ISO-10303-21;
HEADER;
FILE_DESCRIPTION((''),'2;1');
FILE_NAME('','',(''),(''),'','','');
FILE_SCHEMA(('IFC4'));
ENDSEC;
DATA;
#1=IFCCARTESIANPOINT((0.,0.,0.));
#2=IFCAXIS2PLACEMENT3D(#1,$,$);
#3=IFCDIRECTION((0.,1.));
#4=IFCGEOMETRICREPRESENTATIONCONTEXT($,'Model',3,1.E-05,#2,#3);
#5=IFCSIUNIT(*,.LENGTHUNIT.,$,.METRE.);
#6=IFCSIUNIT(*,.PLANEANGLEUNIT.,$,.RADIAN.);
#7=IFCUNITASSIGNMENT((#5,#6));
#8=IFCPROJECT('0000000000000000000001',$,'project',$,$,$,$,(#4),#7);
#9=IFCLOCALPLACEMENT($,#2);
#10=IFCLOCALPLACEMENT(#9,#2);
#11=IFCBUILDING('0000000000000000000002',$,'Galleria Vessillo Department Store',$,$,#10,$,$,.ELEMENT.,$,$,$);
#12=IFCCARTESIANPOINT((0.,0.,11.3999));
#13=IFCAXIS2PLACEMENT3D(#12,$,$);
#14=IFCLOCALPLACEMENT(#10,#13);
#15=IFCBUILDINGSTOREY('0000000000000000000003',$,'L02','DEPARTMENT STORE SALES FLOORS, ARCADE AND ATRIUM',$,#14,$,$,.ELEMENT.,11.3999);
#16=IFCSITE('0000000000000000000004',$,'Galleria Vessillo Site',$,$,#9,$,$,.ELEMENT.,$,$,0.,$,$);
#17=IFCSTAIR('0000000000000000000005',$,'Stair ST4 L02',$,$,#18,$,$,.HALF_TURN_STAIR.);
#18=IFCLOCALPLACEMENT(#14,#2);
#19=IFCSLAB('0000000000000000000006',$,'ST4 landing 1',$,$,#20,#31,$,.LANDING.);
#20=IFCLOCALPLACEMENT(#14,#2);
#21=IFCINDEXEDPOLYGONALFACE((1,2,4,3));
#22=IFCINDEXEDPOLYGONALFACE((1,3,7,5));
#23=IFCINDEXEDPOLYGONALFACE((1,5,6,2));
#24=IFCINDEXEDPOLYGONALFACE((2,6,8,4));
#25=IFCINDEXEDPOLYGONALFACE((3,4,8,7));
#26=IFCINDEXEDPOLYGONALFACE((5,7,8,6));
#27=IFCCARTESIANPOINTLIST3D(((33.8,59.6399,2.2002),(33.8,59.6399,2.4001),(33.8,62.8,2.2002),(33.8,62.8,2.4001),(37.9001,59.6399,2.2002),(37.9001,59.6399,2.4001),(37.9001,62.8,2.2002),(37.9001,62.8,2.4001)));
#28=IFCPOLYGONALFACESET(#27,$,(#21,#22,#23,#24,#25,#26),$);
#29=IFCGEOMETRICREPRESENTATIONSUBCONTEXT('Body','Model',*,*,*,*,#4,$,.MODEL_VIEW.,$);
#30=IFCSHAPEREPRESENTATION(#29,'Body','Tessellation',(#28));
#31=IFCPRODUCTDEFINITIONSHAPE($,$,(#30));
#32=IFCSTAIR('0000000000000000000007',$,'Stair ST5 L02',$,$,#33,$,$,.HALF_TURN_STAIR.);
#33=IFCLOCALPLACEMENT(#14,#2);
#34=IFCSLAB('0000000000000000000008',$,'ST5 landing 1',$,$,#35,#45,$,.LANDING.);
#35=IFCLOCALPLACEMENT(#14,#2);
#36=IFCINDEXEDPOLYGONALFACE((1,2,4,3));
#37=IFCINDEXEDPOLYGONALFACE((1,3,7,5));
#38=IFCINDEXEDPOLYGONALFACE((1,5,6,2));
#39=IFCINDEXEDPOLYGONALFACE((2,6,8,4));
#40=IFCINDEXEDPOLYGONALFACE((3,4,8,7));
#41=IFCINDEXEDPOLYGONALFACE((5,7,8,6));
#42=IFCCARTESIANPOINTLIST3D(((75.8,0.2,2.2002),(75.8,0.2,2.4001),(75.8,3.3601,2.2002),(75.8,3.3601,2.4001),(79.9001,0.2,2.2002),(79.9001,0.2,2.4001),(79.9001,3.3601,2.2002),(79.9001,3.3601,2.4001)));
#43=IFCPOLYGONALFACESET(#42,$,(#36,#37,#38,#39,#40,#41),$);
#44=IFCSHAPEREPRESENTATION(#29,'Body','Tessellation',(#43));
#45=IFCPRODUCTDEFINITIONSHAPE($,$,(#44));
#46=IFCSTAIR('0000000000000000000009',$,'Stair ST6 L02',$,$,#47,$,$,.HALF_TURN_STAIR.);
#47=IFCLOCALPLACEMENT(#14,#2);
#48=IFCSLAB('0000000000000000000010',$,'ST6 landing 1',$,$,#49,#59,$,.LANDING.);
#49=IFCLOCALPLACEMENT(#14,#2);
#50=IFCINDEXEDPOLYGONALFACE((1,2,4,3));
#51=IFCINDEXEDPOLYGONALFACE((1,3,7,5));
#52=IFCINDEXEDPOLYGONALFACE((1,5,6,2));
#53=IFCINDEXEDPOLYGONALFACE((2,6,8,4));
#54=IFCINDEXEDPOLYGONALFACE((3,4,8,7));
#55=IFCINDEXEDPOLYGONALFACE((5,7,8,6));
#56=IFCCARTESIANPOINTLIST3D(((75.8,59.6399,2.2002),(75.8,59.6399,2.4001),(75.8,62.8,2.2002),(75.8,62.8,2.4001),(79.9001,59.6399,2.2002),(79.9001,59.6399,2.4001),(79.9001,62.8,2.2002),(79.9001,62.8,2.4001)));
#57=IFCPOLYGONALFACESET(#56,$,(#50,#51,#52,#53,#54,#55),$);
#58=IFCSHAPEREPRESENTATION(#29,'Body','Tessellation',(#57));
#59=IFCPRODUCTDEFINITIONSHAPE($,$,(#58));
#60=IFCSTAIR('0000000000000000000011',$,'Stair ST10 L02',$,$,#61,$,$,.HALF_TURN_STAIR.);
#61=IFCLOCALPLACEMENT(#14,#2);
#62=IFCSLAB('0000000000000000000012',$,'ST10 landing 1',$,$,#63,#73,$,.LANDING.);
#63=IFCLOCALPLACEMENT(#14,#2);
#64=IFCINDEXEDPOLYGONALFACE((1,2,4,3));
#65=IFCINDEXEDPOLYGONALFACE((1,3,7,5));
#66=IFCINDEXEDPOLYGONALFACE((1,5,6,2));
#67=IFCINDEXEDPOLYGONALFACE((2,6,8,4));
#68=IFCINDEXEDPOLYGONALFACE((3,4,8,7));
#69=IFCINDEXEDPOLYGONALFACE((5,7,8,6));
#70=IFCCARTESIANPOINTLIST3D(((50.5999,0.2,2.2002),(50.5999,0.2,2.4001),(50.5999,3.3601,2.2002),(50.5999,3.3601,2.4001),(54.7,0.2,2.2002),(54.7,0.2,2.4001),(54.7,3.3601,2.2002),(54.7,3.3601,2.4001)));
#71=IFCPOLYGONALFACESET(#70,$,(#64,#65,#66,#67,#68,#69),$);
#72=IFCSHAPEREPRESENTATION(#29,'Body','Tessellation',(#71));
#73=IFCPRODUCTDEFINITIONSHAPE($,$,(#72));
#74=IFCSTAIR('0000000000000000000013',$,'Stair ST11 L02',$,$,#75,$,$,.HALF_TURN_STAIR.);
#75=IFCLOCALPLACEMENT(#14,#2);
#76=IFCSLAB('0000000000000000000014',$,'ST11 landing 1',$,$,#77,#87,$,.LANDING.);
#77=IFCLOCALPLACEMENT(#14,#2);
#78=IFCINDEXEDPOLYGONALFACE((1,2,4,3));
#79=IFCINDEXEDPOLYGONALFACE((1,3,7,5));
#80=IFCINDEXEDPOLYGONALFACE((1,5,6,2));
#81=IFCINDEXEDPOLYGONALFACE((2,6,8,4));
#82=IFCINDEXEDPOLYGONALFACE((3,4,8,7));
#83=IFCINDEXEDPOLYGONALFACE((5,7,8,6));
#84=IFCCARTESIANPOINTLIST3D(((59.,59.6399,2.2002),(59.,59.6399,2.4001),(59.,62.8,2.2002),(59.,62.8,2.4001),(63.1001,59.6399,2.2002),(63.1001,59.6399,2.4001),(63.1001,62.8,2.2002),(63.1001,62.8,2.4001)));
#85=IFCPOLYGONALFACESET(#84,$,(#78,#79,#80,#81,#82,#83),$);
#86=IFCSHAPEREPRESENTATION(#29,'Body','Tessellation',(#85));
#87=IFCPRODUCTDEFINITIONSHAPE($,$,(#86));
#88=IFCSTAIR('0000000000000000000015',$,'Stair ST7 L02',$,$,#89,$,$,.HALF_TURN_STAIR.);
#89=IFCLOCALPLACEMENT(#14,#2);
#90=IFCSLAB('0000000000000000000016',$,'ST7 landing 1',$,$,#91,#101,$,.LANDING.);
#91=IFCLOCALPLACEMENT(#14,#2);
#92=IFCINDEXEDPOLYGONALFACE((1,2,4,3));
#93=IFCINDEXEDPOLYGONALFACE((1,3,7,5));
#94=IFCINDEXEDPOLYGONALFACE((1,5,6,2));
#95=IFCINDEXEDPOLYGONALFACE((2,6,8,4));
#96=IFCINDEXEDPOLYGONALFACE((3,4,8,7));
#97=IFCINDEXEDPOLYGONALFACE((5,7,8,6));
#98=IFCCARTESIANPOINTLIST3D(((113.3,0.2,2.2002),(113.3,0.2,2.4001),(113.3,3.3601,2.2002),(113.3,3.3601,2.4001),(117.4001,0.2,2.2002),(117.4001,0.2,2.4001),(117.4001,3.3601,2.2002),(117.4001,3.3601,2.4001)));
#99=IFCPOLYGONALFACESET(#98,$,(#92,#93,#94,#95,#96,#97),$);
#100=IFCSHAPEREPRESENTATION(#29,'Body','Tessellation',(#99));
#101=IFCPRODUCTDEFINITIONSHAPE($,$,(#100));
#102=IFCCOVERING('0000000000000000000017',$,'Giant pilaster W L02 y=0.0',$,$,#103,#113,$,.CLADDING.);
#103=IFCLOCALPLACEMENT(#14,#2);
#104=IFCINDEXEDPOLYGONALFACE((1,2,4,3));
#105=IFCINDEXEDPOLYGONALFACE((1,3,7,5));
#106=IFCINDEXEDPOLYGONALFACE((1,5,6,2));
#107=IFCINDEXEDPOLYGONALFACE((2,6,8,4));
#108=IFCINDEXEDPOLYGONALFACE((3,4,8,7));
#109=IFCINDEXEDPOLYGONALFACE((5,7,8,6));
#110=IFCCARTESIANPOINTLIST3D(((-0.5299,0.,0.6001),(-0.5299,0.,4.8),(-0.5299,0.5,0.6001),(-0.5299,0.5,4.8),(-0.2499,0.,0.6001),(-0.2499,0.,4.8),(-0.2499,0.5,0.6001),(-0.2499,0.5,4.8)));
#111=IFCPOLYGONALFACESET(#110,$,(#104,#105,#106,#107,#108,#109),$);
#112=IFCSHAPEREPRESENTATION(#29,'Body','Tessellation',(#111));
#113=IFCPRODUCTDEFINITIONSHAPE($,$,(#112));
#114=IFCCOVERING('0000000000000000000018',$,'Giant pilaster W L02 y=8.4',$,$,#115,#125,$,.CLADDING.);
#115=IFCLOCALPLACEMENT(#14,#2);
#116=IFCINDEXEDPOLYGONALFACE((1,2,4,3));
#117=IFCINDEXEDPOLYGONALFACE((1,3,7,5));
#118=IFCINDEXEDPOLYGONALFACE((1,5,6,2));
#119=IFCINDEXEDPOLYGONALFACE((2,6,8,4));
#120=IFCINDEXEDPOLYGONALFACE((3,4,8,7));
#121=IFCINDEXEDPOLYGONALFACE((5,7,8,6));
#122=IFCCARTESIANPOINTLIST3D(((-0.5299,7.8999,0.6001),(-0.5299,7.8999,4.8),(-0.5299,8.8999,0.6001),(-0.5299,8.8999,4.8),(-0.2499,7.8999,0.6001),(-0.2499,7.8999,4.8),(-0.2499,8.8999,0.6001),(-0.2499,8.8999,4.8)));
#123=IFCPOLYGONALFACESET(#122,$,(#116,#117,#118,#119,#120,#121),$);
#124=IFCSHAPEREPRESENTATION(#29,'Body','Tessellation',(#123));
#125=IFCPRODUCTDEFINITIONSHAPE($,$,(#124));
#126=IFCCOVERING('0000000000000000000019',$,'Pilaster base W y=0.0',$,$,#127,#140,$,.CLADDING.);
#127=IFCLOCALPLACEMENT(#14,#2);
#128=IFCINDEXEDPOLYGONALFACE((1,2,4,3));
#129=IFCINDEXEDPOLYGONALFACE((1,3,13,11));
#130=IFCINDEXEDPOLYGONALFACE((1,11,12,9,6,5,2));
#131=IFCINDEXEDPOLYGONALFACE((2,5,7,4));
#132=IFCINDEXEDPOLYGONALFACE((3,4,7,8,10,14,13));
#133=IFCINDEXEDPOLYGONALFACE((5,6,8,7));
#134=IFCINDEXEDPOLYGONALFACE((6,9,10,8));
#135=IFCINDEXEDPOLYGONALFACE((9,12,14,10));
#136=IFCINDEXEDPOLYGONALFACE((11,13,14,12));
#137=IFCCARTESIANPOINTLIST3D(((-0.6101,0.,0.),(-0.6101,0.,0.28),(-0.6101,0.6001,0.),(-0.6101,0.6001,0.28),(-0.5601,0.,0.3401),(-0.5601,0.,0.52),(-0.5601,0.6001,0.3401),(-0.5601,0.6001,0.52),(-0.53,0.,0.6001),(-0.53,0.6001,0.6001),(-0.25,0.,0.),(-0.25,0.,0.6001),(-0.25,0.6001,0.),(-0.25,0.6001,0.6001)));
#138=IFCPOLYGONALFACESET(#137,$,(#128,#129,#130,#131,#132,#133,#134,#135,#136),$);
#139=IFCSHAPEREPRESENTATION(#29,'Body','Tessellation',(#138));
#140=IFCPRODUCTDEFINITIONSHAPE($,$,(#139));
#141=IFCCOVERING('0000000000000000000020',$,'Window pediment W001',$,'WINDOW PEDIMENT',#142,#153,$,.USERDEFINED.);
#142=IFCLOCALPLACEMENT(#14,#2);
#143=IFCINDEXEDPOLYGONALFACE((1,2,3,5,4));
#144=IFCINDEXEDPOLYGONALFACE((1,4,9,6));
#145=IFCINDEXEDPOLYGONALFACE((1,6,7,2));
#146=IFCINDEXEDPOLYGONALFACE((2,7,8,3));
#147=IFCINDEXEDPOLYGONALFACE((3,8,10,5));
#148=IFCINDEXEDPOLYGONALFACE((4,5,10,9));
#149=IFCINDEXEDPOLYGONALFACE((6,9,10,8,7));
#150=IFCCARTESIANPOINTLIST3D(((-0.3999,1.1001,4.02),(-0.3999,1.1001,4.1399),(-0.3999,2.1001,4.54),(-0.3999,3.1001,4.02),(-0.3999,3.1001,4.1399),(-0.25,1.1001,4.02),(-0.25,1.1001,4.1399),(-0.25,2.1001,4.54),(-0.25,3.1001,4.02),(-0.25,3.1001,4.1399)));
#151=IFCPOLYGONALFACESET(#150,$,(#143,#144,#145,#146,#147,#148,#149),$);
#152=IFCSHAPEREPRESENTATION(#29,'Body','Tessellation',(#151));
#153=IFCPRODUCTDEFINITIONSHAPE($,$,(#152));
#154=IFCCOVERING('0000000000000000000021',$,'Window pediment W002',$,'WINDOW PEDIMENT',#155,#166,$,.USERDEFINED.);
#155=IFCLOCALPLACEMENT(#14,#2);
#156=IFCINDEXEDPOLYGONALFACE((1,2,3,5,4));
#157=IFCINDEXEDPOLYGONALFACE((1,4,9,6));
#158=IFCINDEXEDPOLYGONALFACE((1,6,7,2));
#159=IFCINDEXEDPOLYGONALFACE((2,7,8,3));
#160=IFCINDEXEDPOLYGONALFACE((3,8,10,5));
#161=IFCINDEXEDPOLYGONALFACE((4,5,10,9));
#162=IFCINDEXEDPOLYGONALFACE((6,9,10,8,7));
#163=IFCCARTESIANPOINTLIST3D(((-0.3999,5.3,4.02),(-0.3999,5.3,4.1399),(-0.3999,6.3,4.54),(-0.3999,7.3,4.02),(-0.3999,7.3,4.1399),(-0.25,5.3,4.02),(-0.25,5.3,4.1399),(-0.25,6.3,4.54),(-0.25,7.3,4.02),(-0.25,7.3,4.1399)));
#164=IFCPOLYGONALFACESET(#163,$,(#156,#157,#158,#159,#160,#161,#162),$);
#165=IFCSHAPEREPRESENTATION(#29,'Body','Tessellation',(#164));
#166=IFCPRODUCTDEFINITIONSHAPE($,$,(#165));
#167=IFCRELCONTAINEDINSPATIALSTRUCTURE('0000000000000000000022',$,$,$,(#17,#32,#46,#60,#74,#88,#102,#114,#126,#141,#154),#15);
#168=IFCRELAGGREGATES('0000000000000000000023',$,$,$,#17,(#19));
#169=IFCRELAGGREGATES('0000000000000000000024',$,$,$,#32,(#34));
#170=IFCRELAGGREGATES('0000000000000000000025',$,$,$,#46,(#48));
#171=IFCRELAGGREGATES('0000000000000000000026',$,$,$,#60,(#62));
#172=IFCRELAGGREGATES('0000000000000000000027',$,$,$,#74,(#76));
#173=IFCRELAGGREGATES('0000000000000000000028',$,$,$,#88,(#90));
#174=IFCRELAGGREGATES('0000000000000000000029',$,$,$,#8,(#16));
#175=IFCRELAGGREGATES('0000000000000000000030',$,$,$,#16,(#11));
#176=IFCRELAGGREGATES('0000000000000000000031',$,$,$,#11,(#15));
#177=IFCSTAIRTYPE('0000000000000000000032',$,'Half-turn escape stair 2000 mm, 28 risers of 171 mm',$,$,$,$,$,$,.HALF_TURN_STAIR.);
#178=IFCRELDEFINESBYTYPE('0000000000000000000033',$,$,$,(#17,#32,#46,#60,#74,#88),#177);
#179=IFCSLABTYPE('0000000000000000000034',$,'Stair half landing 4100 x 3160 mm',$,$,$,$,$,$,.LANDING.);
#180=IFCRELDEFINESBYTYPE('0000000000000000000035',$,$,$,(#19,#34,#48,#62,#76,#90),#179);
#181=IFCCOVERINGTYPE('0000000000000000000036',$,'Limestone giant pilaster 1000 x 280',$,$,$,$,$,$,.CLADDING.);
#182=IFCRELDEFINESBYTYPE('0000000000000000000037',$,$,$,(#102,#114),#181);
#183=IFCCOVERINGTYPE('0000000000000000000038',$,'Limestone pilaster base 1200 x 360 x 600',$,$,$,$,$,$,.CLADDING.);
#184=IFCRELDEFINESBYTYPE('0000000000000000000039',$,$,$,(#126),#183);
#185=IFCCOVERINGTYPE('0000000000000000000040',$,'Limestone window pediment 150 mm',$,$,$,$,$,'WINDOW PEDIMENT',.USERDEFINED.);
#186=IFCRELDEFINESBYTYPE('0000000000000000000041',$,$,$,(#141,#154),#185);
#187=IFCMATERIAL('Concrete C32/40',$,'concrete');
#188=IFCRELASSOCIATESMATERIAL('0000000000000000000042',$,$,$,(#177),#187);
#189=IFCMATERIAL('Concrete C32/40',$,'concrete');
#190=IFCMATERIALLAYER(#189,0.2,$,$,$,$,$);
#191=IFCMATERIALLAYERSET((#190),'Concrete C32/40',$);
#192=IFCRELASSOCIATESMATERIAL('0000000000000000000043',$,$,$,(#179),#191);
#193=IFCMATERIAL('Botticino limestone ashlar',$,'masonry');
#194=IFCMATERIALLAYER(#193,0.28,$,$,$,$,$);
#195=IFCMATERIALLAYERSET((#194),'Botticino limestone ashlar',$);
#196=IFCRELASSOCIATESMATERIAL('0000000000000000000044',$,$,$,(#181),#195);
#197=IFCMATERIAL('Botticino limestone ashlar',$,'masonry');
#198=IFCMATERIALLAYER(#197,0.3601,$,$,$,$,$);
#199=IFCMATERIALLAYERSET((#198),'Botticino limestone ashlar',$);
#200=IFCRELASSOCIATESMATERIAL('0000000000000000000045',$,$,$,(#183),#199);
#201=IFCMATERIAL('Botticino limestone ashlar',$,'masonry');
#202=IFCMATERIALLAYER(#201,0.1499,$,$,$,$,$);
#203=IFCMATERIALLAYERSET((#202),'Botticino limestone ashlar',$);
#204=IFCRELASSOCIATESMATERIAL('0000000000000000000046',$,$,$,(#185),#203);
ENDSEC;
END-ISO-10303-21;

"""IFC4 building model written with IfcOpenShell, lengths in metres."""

from ifc_helpers import new_model, si_unit, direction, frame, origin, origin_2d, place, context, subcontext, project, spatial, polyline, rectangle, outline, extrude, material, layer, layer_set, type_object, element, aggregate, save


model = new_model("IFC4")

# Units and contexts
model_context = context("Model", 3, precision=1e-05, world=origin(), true_north=direction((0.0, 1.0)))
body_context = subcontext(model_context, "Body", "Model", "MODEL_VIEW")
ifc_project = project(units=[si_unit("LENGTHUNIT", "METRE"), si_unit("PLANEANGLEUNIT", "RADIAN")], contexts=[model_context])

# Site, building, storey
site_placement = place(None, origin())
site = spatial("IfcSite", under=ifc_project, at=site_placement, Name="Galleria Vessillo Site", CompositionType="ELEMENT", RefElevation=0.0)
building_placement = place(site_placement, origin())
building = spatial("IfcBuilding", under=site, at=building_placement, Name="Galleria Vessillo Department Store", CompositionType="ELEMENT")
storey_placement = place(building_placement, frame((0.0, 0.0, 11.3999)))
storey = spatial("IfcBuildingStorey", under=building, at=storey_placement, Name="L02", Description="DEPARTMENT STORE SALES FLOORS, ARCADE AND ATRIUM", CompositionType="ELEMENT", Elevation=11.3999)

# Stairs, slabs
ifc_material_1 = material(Name="Concrete C32/40", Category="concrete")
stair_type = type_object("IfcStairType", Name="Half-turn escape stair 2000 mm, 28 risers of 171 mm", PredefinedType="HALF_TURN_STAIR", material=ifc_material_1)
ifc_material_2 = material(Name="Concrete C32/40", Category="concrete")
ifc_layer_1 = layer(ifc_material_2, 0.2)
ifc_layer_set_1 = layer_set([ifc_layer_1], Name="Concrete C32/40")
slab_type_1 = type_object("IfcSlabType", Name="Stair half landing 4100 x 3160 mm", PredefinedType="LANDING", material=ifc_layer_set_1)
stair_1_placement = place(storey_placement, origin())
stair_1 = element("IfcStair", 1, at=stair_1_placement, inside=storey, type_object=stair_type, Name="Stair ST4 L02", PredefinedType="HALF_TURN_STAIR")
slab_1_placement = place(storey_placement, frame((0.0, 0.0, 2.2002)))
slab_1 = element("IfcSlab", 2, at=slab_1_placement, type_object=slab_type_1, Name="ST4 landing 1", PredefinedType="LANDING", context=body_context, shape_type="SweptSolid", body=[
    extrude(outline(polyline([(33.8, 59.6399), (33.8, 62.8), (37.9001, 62.8), (37.9001, 59.6399), (33.8, 59.6399)])), origin(), (0.0, 0.0, 1.0), 0.2),
])
aggregate(stair_1, [slab_1])
stair_2_placement = place(storey_placement, origin())
stair_2 = element("IfcStair", 3, at=stair_2_placement, inside=storey, type_object=stair_type, Name="Stair ST5 L02", PredefinedType="HALF_TURN_STAIR")
slab_2_placement = place(storey_placement, frame((0.0, 0.0, 2.2002)))
slab_2 = element("IfcSlab", 4, at=slab_2_placement, type_object=slab_type_1, Name="ST5 landing 1", PredefinedType="LANDING", context=body_context, shape_type="SweptSolid", body=[
    extrude(outline(polyline([(75.8, 0.2), (75.8, 3.3601), (79.9001, 3.3601), (79.9001, 0.2), (75.8, 0.2)])), origin(), (0.0, 0.0, 1.0), 0.2),
])
aggregate(stair_2, [slab_2])
stair_3_placement = place(storey_placement, origin())
stair_3 = element("IfcStair", 5, at=stair_3_placement, inside=storey, type_object=stair_type, Name="Stair ST6 L02", PredefinedType="HALF_TURN_STAIR")
slab_3_placement = place(storey_placement, frame((0.0, 0.0, 2.2002)))
slab_3 = element("IfcSlab", 6, at=slab_3_placement, type_object=slab_type_1, Name="ST6 landing 1", PredefinedType="LANDING", context=body_context, shape_type="SweptSolid", body=[
    extrude(outline(polyline([(75.8, 59.6399), (75.8, 62.8), (79.9001, 62.8), (79.9001, 59.6399), (75.8, 59.6399)])), origin(), (0.0, 0.0, 1.0), 0.2),
])
aggregate(stair_3, [slab_3])
stair_4_placement = place(storey_placement, origin())
stair_4 = element("IfcStair", 7, at=stair_4_placement, inside=storey, type_object=stair_type, Name="Stair ST10 L02", PredefinedType="HALF_TURN_STAIR")
slab_4_placement = place(storey_placement, frame((0.0, 0.0, 2.2002)))
slab_4 = element("IfcSlab", 8, at=slab_4_placement, type_object=slab_type_1, Name="ST10 landing 1", PredefinedType="LANDING", context=body_context, shape_type="SweptSolid", body=[
    extrude(outline(polyline([(50.5999, 0.2), (50.5999, 3.3601), (54.7, 3.3601), (54.7, 0.2), (50.5999, 0.2)])), origin(), (0.0, 0.0, 1.0), 0.2),
])
aggregate(stair_4, [slab_4])
stair_5_placement = place(storey_placement, origin())
stair_5 = element("IfcStair", 9, at=stair_5_placement, inside=storey, type_object=stair_type, Name="Stair ST11 L02", PredefinedType="HALF_TURN_STAIR")
slab_5_placement = place(storey_placement, frame((0.0, 0.0, 2.2002)))
slab_5 = element("IfcSlab", 10, at=slab_5_placement, type_object=slab_type_1, Name="ST11 landing 1", PredefinedType="LANDING", context=body_context, shape_type="SweptSolid", body=[
    extrude(outline(polyline([(59.0, 59.6399), (59.0, 62.8), (63.1001, 62.8), (63.1001, 59.6399), (59.0, 59.6399)])), origin(), (0.0, 0.0, 1.0), 0.2),
])
aggregate(stair_5, [slab_5])
stair_6_placement = place(storey_placement, origin())
stair_6 = element("IfcStair", 11, at=stair_6_placement, inside=storey, type_object=stair_type, Name="Stair ST7 L02", PredefinedType="HALF_TURN_STAIR")
slab_6_placement = place(storey_placement, frame((0.0, 0.0, 2.2002)))
slab_6 = element("IfcSlab", 12, at=slab_6_placement, type_object=slab_type_1, Name="ST7 landing 1", PredefinedType="LANDING", context=body_context, shape_type="SweptSolid", body=[
    extrude(outline(polyline([(113.3, 0.2), (113.3, 3.3601), (117.4001, 3.3601), (117.4001, 0.2), (113.3, 0.2)])), origin(), (0.0, 0.0, 1.0), 0.2),
])
aggregate(stair_6, [slab_6])

# Coverings
ifc_material_3 = material(Name="Botticino limestone ashlar", Category="masonry")
ifc_layer_2 = layer(ifc_material_3, 0.28)
ifc_layer_set_2 = layer_set([ifc_layer_2], Name="Botticino limestone ashlar")
covering_type_1 = type_object("IfcCoveringType", Name="Limestone giant pilaster 1000 x 280", PredefinedType="CLADDING", material=ifc_layer_set_2)
covering_1_placement = place(storey_placement, frame((-0.3899, 0.25, 0.6001), z_axis=(0.0, 0.0, 1.0), x_axis=(1.0, 0.0, 0.0)))
element("IfcCovering", 13, at=covering_1_placement, inside=storey, type_object=covering_type_1, Name="Giant pilaster W L02 y=0.0", PredefinedType="CLADDING", context=body_context, shape_type="SweptSolid", body=[
    extrude(rectangle(XDim=0.28, YDim=0.5, at=origin_2d()), origin(), (0.0, 0.0, 1.0), 4.2),
])
covering_2_placement = place(storey_placement, frame((-0.3899, 8.3999, 0.6001), z_axis=(0.0, 0.0, 1.0), x_axis=(1.0, 0.0, 0.0)))
element("IfcCovering", 14, at=covering_2_placement, inside=storey, type_object=covering_type_1, Name="Giant pilaster W L02 y=8.4", PredefinedType="CLADDING", context=body_context, shape_type="SweptSolid", body=[
    extrude(rectangle(XDim=0.28, YDim=1.0, at=origin_2d()), origin(), (0.0, 0.0, 1.0), 4.2),
])
ifc_material_4 = material(Name="Botticino limestone ashlar", Category="masonry")
ifc_layer_3 = layer(ifc_material_4, 0.3601)
ifc_layer_set_3 = layer_set([ifc_layer_3], Name="Botticino limestone ashlar")
covering_type_2 = type_object("IfcCoveringType", Name="Limestone pilaster base 1200 x 360 x 600", PredefinedType="CLADDING", material=ifc_layer_set_3)
covering_3_placement = place(storey_placement, frame((0.0, 0.0, 0.0), z_axis=(0.0, 1.0, 0.0), x_axis=(-1.0, 0.0, 0.0)))
element("IfcCovering", 15, at=covering_3_placement, inside=storey, type_object=covering_type_2, Name="Pilaster base W y=0.0", PredefinedType="CLADDING", context=body_context, shape_type="SweptSolid", body=[
    extrude(outline(polyline([(0.25, 0.0), (0.6101, 0.0), (0.6101, 0.28), (0.5601, 0.3401), (0.5601, 0.52), (0.53, 0.6001), (0.25, 0.6001), (0.25, 0.0)])), origin(), (0.0, 0.0, 1.0), 0.6001),
])
ifc_material_5 = material(Name="Botticino limestone ashlar", Category="masonry")
ifc_layer_4 = layer(ifc_material_5, 0.1499)
ifc_layer_set_4 = layer_set([ifc_layer_4], Name="Botticino limestone ashlar")
covering_type_3 = type_object("IfcCoveringType", Name="Limestone window pediment 150 mm", ElementType="WINDOW PEDIMENT", PredefinedType="USERDEFINED", material=ifc_layer_set_4)
for number, where, z_axis, x_axis, name in (
    (16, (-0.325, 1.1001, 4.02), (0.0, 0.0, 1.0), (0.0, 1.0, 0.0), "Window pediment W001"),
    (17, (-0.325, 5.3, 4.02), (0.0, 0.0, 1.0), (0.0, 1.0, 0.0), "Window pediment W002"),
):
    element("IfcCovering", number, at=place(storey_placement, frame(where, z_axis=z_axis, x_axis=x_axis)), inside=storey, type_object=covering_type_3, Name=name, ObjectType="WINDOW PEDIMENT", PredefinedType="USERDEFINED", context=body_context, shape_type="SweptSolid", body=[
        extrude(outline(polyline([(0.0, 0.0), (2.0, 0.0), (2.0, 0.1199), (1.0, 0.52), (0.0, 0.1199), (0.0, 0.0)])), frame((0.0, 0.075, 0.0), z_axis=(0.0, -1.0, 0.0), x_axis=(1.0, 0.0, 0.0)), (0.0, 0.0, 1.0), 0.1499),
    ])

save(model, "model.ifc")
